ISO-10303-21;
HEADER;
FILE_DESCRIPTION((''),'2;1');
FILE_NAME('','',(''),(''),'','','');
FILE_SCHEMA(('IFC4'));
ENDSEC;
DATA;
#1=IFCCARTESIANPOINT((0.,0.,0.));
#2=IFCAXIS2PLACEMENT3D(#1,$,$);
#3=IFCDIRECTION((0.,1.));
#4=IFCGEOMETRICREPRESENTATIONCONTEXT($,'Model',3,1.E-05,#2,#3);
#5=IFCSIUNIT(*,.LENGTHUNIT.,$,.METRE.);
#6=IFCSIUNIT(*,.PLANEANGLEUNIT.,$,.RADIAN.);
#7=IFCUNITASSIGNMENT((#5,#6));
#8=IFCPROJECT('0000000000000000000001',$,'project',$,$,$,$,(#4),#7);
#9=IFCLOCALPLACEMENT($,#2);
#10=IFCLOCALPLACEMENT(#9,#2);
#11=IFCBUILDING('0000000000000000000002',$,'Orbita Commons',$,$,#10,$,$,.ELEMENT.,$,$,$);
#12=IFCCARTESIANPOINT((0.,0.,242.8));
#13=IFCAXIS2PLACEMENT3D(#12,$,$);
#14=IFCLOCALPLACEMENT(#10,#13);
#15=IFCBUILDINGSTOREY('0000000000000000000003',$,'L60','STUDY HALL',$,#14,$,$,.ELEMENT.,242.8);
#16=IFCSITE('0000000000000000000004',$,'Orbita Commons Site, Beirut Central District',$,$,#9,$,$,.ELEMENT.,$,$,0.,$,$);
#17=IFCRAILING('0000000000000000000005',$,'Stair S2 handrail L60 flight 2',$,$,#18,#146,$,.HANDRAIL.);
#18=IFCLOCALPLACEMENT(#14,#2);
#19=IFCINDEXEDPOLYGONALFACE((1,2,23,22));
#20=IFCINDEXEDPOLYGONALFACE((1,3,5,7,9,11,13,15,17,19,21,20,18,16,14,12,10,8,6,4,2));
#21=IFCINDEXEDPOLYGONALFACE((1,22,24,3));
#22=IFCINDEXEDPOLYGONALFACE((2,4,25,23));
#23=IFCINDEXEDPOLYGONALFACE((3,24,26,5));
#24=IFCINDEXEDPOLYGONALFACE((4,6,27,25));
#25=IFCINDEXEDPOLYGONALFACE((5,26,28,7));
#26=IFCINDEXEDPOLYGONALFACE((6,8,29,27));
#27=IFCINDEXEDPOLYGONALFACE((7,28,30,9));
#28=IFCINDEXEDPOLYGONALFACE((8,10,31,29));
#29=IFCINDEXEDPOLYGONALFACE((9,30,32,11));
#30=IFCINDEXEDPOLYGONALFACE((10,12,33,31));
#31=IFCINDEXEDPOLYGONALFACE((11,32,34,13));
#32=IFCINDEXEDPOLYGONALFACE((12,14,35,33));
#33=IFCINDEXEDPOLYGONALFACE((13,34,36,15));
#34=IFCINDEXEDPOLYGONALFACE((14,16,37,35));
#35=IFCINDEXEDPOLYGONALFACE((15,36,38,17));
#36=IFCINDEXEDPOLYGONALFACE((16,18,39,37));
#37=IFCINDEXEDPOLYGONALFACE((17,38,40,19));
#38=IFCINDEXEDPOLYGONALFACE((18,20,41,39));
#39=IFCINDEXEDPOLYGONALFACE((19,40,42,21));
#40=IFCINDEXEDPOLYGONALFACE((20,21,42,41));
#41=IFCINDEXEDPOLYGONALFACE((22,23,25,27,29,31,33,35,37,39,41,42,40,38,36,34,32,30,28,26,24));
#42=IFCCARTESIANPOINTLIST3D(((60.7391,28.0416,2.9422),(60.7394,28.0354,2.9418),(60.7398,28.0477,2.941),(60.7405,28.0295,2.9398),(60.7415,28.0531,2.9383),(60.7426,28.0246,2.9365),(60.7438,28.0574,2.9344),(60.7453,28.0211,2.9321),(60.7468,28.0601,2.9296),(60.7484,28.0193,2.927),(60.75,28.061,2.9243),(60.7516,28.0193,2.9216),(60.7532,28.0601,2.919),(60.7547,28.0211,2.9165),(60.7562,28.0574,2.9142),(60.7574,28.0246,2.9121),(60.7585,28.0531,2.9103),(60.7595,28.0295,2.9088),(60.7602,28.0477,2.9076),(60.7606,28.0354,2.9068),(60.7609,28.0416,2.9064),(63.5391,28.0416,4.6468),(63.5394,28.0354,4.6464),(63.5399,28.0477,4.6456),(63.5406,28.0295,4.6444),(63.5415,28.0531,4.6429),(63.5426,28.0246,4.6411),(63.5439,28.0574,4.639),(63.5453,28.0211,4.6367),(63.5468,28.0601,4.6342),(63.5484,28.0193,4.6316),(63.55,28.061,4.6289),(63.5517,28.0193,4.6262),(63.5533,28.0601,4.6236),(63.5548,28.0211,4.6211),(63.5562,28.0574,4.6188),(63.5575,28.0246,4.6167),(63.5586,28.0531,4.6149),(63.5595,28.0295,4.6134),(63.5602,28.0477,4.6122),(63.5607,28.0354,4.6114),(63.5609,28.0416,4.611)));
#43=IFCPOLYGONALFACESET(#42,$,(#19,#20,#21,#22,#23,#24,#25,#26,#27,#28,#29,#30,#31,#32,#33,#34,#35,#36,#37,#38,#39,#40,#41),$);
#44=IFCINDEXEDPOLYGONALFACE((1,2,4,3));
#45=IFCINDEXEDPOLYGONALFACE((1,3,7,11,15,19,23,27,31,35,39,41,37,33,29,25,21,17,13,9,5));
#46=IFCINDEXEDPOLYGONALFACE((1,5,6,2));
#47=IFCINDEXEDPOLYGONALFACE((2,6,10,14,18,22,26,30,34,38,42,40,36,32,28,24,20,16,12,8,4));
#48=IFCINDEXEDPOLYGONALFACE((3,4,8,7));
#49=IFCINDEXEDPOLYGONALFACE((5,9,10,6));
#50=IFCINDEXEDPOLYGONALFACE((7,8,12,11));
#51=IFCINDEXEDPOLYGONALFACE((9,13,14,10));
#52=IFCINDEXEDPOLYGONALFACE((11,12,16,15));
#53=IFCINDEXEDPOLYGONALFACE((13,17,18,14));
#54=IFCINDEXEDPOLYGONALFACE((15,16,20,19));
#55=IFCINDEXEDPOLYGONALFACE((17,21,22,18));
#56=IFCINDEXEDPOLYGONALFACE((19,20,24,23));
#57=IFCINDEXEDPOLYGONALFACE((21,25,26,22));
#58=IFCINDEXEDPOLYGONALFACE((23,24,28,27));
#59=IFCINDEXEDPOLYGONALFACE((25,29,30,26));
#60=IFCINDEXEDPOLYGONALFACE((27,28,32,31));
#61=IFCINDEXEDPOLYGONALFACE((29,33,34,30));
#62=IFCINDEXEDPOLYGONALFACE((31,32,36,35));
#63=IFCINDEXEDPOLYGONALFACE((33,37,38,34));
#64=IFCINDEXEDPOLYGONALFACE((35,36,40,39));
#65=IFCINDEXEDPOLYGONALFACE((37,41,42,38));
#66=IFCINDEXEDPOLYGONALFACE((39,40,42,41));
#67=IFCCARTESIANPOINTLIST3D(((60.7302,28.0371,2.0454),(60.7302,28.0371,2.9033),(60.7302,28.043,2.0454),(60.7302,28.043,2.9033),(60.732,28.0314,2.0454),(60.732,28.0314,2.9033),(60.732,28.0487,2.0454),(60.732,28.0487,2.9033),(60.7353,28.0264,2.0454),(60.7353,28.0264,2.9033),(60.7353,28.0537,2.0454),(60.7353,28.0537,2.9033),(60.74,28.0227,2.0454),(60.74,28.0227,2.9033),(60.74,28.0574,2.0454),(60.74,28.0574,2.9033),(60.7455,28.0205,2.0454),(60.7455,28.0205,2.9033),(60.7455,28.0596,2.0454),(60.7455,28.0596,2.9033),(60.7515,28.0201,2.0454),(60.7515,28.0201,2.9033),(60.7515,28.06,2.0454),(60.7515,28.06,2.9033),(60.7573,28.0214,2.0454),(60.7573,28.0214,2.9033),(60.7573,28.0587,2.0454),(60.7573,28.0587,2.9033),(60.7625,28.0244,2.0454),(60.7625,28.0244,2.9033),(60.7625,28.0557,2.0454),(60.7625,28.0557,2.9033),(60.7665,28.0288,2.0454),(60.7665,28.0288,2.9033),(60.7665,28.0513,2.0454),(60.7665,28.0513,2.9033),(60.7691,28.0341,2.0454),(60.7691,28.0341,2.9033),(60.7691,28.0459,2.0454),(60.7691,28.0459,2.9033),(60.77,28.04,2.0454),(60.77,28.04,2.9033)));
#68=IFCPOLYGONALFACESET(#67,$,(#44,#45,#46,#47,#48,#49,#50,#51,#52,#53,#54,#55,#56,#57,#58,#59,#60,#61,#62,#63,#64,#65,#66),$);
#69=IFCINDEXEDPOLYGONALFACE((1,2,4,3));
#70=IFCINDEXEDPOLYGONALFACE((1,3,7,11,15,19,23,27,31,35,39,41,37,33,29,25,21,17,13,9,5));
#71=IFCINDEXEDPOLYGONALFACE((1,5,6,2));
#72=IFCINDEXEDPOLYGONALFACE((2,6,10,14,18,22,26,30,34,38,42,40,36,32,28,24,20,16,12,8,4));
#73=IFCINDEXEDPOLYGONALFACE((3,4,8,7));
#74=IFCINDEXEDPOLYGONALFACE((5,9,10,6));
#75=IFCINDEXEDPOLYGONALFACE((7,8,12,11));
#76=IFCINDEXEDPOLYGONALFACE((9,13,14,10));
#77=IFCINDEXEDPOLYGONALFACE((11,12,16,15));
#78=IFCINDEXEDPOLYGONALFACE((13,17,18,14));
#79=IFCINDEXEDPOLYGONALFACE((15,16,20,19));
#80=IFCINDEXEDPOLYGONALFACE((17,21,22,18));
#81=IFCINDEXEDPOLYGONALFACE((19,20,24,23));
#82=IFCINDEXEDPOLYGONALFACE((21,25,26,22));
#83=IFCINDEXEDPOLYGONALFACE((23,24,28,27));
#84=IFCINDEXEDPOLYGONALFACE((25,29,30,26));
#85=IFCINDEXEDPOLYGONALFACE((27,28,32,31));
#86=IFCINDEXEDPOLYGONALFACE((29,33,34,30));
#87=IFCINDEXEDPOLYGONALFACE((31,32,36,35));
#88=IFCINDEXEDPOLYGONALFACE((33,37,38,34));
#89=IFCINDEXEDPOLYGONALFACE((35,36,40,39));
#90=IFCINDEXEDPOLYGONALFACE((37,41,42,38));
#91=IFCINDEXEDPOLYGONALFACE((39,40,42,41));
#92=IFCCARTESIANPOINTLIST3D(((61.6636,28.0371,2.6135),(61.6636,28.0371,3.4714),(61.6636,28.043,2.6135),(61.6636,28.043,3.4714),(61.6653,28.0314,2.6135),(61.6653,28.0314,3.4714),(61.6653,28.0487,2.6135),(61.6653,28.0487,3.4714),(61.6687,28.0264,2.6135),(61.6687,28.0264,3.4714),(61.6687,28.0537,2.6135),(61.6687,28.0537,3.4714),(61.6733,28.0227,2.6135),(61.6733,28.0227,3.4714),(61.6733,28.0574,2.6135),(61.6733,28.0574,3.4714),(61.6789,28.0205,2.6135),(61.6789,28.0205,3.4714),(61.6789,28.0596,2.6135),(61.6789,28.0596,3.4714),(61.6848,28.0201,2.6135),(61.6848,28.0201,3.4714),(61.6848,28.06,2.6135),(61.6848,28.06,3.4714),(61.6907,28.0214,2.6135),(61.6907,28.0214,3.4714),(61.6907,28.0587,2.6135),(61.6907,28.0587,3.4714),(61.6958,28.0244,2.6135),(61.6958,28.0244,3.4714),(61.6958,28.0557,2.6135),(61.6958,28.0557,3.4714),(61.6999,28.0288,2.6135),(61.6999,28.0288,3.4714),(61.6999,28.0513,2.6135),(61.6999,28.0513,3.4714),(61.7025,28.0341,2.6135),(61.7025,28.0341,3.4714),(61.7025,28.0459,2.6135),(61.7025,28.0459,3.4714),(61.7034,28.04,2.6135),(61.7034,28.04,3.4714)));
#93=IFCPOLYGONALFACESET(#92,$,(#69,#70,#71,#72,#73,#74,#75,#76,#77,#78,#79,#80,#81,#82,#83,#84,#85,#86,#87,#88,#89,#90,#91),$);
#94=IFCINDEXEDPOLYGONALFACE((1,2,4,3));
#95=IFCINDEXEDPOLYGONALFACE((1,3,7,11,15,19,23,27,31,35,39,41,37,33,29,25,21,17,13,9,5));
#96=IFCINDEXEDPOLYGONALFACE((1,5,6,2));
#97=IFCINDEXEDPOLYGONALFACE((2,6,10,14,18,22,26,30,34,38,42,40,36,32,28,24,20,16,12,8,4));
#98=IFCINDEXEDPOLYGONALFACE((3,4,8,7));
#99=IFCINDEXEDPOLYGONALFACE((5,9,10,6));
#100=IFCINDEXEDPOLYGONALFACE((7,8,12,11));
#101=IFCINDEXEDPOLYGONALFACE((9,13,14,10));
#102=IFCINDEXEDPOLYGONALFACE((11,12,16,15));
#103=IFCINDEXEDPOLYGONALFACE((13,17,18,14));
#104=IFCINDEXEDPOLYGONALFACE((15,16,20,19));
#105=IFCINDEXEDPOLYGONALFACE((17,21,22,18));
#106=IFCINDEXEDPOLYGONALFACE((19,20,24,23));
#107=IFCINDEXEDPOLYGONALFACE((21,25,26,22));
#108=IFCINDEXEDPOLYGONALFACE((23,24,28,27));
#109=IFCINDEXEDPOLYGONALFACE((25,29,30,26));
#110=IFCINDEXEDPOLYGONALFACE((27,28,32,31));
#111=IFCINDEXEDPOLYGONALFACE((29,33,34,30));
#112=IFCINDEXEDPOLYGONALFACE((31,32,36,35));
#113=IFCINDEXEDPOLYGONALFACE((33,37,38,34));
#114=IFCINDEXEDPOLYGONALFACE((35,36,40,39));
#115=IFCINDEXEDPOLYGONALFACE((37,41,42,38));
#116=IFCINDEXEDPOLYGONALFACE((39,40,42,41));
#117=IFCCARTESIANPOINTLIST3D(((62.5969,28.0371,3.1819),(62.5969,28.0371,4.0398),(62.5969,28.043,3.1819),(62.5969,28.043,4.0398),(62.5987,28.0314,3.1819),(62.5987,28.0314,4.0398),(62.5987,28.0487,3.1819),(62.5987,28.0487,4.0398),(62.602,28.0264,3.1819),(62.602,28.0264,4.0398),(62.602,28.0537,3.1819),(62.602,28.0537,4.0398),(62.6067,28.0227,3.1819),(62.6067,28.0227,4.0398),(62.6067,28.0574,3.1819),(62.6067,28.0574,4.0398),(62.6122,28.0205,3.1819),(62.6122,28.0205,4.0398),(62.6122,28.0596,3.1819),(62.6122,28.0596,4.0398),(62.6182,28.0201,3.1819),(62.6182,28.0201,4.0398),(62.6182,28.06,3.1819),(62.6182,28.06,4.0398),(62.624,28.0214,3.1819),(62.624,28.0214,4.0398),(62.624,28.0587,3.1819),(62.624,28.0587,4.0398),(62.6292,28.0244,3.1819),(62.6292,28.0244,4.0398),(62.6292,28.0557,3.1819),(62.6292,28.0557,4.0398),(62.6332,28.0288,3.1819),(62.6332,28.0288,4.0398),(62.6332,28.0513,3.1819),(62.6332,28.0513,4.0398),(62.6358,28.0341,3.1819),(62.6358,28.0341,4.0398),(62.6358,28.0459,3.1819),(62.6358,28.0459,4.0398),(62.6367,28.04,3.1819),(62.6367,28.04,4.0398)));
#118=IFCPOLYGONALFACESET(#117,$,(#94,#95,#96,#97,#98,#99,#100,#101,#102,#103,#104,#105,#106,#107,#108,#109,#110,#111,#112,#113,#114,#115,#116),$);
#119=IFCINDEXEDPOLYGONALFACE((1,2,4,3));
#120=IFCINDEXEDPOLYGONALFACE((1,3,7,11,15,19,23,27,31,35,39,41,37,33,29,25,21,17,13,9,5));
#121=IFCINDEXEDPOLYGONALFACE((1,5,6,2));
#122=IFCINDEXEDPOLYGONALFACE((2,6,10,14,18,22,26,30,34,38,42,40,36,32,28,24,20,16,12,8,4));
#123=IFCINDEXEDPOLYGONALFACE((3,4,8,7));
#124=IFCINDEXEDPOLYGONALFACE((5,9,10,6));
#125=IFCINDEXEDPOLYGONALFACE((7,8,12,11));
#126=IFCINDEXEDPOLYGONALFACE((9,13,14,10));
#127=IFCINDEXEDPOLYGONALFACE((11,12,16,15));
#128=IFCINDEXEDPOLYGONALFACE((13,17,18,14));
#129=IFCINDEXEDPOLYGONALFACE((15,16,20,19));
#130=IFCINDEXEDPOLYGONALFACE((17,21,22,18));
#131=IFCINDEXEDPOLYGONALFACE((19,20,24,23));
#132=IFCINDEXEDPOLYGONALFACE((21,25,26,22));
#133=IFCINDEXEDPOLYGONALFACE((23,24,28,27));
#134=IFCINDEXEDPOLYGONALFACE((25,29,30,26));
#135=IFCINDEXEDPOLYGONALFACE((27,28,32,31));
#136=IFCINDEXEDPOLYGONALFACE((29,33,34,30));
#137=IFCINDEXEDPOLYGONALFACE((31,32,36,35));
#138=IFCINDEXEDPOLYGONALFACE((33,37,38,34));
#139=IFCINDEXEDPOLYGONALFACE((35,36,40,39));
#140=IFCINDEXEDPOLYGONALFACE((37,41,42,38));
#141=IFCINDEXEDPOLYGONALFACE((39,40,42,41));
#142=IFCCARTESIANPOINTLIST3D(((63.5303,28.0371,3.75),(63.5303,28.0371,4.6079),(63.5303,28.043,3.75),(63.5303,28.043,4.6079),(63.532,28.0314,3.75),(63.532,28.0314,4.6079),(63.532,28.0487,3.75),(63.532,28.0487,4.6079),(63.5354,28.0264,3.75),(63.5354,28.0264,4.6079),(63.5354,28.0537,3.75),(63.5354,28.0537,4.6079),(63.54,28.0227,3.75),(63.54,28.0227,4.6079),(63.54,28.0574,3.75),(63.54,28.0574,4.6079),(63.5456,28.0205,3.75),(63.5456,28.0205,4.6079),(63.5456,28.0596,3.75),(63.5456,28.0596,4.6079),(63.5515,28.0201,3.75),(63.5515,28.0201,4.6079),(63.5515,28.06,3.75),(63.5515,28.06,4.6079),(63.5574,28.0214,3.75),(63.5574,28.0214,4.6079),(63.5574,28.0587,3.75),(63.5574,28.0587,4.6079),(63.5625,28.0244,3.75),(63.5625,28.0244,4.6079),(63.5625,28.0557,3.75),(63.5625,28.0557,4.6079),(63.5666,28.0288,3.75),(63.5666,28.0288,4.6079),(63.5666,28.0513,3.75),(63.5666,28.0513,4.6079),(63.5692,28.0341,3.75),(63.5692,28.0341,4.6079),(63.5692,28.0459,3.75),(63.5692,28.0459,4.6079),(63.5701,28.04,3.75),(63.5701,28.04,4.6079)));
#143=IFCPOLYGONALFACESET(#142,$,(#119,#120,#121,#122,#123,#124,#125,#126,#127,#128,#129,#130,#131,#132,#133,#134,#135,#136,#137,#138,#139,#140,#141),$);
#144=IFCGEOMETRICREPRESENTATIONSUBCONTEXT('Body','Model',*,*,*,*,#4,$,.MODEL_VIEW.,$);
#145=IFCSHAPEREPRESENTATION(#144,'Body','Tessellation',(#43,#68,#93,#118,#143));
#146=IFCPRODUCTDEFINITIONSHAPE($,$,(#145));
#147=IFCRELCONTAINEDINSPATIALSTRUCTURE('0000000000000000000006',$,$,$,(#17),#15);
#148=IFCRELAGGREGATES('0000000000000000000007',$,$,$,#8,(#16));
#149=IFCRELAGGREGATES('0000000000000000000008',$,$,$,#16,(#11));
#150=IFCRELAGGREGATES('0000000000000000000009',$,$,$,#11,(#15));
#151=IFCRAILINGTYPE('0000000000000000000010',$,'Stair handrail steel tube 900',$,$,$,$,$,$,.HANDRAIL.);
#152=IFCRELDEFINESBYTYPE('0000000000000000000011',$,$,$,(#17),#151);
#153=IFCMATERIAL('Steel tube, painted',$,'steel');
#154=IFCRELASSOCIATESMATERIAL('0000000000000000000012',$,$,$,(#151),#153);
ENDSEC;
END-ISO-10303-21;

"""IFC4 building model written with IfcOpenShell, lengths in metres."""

from ifc_helpers import new_model, si_unit, direction, frame, origin, origin_2d, place, context, subcontext, project, spatial, circle, extrude, material, type_object, element, save


model = new_model("IFC4")

# Units and contexts
model_context = context("Model", 3, precision=1e-05, world=origin(), true_north=direction((0.0, 1.0)))
body_context = subcontext(model_context, "Body", "Model", "MODEL_VIEW")
ifc_project = project(units=[si_unit("LENGTHUNIT", "METRE"), si_unit("PLANEANGLEUNIT", "RADIAN")], contexts=[model_context])

# Site, building, storey
site_placement = place(None, origin())
site = spatial("IfcSite", under=ifc_project, at=site_placement, Name="Orbita Commons Site, Beirut Central District", CompositionType="ELEMENT", RefElevation=0.0)
building_placement = place(site_placement, origin())
building = spatial("IfcBuilding", under=site, at=building_placement, Name="Orbita Commons", CompositionType="ELEMENT")
storey_placement = place(building_placement, frame((0.0, 0.0, 242.8)))
storey = spatial("IfcBuildingStorey", under=building, at=storey_placement, Name="L60", Description="STUDY HALL", CompositionType="ELEMENT", Elevation=242.8)

# Railing
ifc_material_1 = material(Name="Steel tube, painted", Category="steel")
railing_type = type_object("IfcRailingType", Name="Stair handrail steel tube 900", PredefinedType="HANDRAIL", material=ifc_material_1)
for number, where, name in (
    (1, (60.75, 28.04, 2.0454), "Stair S2 handrail L60 flight 2"),
):
    element("IfcRailing", number, at=place(storey_placement, frame(where)), inside=storey, type_object=railing_type, Name=name, PredefinedType="HANDRAIL", context=body_context, shape_type="SweptSolid", body=[
        extrude(circle(Radius=0.021, at=origin_2d()), frame((0.0, 0.0, 0.8789), z_axis=(0.85417, 0.0, 0.519994), x_axis=(0.0, 1.0, 0.0)), (0.0, 0.0, 1.0), 3.2781),
        extrude(circle(Radius=0.02, at=origin_2d()), origin(), (0.0, 0.0, 1.0), 0.8579),
        extrude(circle(Radius=0.02, at=origin_2d()), frame((0.9333, 0.0, 0.5681)), (0.0, 0.0, 1.0), 0.8579),
        extrude(circle(Radius=0.02, at=origin_2d()), frame((1.8667, 0.0, 1.1365)), (0.0, 0.0, 1.0), 0.8579),
        extrude(circle(Radius=0.02, at=origin_2d()), frame((2.8, 0.0, 1.7046)), (0.0, 0.0, 1.0), 0.8579),
    ])

save(model, "model.ifc")
